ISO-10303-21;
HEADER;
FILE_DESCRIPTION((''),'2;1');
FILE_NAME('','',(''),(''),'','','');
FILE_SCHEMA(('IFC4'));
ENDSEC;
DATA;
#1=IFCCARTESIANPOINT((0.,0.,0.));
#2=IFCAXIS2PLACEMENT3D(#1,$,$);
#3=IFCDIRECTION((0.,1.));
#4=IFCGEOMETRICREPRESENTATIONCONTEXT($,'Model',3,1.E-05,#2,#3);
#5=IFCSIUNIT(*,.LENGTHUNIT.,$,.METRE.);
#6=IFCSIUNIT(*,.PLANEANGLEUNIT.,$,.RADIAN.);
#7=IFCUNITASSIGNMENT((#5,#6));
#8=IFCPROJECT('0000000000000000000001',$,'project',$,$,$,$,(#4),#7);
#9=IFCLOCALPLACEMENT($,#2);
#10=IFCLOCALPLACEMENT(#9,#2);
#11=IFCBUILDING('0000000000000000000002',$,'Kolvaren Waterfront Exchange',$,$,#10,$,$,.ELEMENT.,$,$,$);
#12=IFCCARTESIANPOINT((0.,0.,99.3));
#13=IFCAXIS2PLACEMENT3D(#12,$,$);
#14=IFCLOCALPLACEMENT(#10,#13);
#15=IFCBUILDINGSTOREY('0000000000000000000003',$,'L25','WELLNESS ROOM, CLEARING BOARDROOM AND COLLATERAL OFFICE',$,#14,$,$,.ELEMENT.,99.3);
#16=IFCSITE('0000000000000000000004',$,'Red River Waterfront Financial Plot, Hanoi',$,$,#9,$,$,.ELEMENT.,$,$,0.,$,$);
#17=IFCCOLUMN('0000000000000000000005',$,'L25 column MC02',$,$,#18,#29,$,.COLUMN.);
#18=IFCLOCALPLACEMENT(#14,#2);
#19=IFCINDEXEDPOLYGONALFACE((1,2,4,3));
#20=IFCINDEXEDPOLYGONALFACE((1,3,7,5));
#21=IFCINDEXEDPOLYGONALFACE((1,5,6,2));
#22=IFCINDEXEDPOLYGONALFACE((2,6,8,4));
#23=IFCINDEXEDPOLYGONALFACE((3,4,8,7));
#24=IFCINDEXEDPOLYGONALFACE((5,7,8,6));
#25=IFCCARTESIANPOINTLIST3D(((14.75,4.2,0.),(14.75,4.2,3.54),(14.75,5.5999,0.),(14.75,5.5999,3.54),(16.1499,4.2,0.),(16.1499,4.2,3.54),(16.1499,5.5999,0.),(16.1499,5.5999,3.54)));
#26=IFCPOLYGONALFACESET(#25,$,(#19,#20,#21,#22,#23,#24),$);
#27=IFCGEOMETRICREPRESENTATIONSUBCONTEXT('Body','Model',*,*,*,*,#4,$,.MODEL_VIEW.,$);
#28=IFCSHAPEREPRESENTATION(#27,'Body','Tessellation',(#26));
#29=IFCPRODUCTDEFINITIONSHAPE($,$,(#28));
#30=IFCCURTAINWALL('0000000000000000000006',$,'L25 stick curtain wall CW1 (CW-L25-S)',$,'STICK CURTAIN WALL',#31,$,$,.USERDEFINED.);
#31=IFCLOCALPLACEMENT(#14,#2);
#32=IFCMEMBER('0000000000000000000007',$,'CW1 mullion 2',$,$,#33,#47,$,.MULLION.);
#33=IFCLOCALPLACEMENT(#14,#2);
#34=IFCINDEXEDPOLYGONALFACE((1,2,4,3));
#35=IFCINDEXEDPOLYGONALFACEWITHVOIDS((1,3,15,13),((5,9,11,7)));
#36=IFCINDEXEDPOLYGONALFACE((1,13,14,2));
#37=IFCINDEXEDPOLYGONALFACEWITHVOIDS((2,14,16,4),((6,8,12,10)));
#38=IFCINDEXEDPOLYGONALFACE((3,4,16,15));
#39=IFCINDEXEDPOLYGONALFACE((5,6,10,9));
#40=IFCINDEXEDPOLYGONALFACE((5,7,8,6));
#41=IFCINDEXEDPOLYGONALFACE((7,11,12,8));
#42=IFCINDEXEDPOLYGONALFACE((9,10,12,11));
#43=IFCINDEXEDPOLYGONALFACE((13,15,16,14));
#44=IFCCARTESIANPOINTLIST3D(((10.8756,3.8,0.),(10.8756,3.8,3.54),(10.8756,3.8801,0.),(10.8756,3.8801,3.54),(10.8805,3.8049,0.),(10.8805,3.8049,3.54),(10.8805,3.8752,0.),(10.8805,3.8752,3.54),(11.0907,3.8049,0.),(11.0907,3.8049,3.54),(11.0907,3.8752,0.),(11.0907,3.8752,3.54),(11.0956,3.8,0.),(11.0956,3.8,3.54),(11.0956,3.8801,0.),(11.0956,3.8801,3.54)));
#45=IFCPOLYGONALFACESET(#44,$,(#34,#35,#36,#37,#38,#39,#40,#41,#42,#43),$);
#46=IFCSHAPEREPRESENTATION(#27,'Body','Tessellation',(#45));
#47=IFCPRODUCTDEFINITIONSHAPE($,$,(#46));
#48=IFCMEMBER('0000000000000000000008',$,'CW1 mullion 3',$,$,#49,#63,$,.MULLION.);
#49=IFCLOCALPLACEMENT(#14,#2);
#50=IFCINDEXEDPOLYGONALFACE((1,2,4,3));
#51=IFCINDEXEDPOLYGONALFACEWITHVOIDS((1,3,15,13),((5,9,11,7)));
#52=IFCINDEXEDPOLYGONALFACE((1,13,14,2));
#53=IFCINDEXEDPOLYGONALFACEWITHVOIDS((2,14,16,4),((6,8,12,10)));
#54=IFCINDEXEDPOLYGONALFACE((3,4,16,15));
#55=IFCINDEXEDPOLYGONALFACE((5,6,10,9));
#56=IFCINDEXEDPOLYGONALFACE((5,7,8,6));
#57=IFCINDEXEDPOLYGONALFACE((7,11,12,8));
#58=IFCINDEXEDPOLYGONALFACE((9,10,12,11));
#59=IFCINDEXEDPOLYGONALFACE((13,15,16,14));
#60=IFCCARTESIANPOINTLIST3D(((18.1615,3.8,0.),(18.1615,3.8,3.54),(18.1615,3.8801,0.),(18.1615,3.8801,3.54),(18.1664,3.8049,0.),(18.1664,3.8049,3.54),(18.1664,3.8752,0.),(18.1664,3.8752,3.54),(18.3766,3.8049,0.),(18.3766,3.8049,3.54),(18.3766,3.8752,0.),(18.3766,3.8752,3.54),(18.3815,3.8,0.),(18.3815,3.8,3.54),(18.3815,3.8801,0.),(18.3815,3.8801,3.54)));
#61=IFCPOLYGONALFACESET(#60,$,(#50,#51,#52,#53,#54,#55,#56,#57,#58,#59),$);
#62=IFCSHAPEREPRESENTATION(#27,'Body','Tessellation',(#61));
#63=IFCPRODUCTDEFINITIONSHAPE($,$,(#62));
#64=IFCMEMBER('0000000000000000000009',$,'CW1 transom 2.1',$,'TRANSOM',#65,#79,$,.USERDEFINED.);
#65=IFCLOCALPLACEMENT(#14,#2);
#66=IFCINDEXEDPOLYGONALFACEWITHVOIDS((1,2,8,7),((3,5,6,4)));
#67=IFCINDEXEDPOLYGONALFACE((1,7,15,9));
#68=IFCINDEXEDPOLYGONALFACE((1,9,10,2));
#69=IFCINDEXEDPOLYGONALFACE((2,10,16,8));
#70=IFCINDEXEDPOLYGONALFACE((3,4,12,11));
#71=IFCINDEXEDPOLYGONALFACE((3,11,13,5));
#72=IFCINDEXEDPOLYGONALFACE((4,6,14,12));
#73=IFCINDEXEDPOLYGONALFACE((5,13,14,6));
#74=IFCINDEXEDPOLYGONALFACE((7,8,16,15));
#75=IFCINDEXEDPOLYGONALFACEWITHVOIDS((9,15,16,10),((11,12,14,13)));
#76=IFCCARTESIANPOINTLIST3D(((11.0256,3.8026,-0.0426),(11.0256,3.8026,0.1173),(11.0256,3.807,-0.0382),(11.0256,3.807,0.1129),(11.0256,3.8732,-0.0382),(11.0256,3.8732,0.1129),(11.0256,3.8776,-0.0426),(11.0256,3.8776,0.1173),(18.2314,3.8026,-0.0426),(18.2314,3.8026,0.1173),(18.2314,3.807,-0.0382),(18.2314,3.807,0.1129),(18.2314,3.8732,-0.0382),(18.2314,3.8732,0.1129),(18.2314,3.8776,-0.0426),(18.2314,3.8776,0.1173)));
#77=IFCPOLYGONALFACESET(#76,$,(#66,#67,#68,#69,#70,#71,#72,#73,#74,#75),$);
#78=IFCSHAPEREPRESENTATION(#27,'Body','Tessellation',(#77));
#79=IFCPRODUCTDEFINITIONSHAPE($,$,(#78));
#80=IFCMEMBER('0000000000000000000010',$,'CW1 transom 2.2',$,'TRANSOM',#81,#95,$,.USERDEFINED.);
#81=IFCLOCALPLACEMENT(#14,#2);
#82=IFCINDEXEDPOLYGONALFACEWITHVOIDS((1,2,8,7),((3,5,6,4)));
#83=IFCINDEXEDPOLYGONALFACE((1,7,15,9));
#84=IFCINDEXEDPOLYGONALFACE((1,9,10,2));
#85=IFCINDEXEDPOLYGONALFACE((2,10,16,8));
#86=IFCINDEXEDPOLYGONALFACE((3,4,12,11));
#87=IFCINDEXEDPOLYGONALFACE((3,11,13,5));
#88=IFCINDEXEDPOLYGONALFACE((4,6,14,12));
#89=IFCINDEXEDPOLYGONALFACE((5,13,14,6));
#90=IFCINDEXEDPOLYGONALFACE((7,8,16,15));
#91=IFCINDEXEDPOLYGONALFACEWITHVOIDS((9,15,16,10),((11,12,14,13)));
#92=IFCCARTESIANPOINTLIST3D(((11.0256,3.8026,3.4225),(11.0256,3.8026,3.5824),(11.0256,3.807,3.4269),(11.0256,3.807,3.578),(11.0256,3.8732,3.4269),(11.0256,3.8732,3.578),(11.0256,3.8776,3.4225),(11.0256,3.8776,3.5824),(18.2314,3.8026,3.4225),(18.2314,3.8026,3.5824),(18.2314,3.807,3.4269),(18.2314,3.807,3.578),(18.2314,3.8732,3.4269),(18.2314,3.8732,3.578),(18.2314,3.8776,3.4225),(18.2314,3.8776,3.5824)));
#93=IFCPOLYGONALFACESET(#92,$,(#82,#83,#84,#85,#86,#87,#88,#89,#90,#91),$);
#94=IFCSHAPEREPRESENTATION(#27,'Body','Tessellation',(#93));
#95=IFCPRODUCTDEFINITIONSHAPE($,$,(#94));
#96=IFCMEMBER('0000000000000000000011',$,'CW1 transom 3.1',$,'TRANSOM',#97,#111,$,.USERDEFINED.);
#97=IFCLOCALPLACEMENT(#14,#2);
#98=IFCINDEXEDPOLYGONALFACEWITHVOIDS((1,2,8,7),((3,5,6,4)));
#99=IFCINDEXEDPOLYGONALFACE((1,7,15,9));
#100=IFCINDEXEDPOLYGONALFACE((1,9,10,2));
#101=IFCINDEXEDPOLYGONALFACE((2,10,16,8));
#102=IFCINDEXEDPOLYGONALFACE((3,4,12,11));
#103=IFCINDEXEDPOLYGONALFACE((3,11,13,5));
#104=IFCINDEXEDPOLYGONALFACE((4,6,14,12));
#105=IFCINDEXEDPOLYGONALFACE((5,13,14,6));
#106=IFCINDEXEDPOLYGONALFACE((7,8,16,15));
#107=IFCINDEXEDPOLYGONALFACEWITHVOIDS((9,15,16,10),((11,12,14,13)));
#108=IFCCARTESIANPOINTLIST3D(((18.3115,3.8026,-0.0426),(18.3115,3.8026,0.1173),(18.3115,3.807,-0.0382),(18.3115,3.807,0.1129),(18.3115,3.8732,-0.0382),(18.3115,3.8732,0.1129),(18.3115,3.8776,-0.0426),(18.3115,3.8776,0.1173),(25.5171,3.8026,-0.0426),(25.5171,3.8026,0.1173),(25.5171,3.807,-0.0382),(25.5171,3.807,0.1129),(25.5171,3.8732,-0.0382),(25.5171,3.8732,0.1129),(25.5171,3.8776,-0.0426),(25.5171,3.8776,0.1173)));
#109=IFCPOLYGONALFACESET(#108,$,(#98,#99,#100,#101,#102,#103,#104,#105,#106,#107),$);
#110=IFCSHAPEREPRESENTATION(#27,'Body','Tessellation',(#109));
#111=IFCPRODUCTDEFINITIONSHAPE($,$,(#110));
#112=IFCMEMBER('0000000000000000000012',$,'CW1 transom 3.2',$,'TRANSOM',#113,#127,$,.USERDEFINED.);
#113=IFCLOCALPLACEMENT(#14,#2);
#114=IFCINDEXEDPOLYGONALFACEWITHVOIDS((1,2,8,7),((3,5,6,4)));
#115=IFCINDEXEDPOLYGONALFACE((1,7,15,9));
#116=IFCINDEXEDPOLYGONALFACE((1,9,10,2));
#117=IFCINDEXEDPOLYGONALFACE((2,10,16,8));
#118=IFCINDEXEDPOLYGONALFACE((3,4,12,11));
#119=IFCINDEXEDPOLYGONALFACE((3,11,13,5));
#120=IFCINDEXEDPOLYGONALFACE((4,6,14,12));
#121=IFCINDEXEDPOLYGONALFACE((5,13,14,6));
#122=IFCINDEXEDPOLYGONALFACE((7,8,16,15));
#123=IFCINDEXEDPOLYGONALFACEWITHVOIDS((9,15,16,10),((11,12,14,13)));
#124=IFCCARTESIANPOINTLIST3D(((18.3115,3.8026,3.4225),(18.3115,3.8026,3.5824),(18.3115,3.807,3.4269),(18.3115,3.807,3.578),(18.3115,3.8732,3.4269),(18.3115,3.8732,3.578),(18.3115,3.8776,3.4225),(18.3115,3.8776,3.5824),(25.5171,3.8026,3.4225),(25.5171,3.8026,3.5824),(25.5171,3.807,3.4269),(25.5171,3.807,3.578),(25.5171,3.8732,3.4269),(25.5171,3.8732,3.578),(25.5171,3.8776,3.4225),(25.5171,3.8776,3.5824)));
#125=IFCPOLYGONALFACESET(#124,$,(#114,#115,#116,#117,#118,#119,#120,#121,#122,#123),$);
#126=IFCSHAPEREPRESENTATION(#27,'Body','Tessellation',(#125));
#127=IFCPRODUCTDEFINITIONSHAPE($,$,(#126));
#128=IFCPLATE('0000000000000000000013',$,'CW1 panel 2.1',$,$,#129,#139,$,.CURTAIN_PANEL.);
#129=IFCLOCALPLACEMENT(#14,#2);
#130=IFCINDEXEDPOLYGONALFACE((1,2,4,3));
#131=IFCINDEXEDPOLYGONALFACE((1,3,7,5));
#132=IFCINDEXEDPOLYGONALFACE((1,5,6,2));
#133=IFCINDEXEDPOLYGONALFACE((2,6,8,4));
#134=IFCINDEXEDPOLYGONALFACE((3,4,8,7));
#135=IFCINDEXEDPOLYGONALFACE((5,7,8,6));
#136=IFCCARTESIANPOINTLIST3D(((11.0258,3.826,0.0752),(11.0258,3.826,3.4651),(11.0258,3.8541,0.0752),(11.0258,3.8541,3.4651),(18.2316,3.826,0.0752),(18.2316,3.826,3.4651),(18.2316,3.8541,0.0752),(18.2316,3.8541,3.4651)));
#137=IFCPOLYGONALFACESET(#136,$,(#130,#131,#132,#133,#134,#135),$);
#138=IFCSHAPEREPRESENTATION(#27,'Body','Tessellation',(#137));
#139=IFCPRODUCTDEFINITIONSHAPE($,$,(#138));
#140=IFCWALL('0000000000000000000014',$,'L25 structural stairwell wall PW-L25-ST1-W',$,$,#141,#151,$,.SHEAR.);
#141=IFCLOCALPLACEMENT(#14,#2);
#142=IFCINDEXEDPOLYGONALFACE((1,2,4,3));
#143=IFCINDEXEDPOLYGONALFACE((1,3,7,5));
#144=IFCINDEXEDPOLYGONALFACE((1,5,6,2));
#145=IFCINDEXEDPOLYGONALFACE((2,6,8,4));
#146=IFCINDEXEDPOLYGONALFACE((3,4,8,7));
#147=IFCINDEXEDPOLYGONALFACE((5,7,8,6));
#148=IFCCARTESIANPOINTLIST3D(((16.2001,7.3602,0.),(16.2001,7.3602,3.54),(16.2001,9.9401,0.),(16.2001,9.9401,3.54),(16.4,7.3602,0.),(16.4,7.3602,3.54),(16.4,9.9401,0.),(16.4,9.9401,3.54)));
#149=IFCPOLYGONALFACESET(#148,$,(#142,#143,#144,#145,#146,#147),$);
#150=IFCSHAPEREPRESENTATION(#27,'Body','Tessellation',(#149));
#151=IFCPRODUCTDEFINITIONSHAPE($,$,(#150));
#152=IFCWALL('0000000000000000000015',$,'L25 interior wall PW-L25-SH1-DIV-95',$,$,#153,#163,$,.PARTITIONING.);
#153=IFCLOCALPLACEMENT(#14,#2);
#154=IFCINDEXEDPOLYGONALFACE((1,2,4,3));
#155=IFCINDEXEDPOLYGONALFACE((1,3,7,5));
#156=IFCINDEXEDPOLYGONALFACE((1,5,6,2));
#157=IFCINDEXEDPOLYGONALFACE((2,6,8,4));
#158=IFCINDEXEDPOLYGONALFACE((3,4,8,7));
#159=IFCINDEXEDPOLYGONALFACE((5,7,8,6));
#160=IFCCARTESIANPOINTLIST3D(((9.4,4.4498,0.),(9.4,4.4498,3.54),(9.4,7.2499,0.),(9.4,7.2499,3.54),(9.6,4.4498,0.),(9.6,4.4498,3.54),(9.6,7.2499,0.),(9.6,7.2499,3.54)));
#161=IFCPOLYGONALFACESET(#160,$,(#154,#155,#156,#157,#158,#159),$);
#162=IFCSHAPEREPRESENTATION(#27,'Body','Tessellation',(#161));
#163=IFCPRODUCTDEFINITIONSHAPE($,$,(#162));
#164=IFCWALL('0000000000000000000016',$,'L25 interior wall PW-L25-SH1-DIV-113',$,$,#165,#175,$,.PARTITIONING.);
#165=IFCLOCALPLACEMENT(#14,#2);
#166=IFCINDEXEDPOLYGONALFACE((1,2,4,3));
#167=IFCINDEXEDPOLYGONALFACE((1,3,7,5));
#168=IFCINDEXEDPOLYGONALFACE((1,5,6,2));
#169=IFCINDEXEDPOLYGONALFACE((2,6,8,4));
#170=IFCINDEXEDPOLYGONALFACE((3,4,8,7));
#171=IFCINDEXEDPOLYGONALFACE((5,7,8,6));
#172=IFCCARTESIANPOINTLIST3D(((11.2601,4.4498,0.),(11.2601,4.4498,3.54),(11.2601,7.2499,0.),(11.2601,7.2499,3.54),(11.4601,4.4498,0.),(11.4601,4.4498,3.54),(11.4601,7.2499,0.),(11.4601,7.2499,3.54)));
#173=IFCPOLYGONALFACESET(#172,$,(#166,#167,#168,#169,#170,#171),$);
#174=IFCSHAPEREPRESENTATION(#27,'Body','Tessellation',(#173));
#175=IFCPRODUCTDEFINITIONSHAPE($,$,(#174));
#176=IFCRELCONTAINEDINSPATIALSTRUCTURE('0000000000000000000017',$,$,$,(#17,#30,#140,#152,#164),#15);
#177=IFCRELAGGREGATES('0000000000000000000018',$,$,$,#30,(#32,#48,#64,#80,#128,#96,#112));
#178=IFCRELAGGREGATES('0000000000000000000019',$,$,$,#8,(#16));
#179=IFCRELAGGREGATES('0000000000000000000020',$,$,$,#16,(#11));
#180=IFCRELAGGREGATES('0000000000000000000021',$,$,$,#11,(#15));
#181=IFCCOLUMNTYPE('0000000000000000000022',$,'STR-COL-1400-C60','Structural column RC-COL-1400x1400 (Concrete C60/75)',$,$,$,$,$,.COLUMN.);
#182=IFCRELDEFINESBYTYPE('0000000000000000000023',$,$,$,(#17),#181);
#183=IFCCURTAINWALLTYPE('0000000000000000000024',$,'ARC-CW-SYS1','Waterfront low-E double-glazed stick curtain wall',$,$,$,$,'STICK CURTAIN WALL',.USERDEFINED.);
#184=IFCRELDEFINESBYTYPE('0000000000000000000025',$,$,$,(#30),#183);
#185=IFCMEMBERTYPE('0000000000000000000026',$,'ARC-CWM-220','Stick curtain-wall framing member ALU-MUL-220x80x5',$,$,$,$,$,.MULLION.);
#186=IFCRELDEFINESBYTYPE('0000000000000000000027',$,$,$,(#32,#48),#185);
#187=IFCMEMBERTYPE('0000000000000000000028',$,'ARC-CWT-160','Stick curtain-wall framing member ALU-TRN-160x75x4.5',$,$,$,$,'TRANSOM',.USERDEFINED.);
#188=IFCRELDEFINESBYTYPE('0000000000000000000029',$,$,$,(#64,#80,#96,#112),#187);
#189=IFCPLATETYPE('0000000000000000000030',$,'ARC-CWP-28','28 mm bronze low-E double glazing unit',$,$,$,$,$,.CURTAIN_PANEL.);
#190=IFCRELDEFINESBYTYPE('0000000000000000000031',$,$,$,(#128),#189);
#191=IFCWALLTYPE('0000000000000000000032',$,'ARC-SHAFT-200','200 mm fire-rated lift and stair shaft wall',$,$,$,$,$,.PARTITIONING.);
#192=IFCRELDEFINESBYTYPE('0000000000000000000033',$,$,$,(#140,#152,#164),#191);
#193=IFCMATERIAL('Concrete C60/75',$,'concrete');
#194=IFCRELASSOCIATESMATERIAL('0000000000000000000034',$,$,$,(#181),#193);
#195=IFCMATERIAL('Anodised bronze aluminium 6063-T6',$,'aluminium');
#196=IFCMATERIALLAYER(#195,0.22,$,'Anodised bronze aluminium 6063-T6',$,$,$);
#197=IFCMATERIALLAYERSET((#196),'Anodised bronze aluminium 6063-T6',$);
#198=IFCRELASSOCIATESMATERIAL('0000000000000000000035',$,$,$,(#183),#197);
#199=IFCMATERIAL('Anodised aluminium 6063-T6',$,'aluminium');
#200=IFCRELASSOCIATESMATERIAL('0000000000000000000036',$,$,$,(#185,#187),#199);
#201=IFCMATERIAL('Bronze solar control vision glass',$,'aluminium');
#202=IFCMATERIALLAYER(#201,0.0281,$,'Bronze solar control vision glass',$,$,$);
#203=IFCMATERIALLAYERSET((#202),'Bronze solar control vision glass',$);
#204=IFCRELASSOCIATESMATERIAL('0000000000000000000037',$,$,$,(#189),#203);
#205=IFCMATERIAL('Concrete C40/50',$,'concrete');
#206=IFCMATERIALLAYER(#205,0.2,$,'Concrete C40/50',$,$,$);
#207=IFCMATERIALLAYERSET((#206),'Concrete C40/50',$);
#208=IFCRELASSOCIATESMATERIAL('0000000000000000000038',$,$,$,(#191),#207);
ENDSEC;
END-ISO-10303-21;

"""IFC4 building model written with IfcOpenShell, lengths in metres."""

from ifc_helpers import new_model, si_unit, direction, frame, frame_2d, origin, origin_with_axes, origin_2d, place, context, subcontext, project, spatial, rectangle, hollow_rectangle, extrude, source, transform, mapped, material, layer, layer_set, material_profile, profile_set, type_object, element, aggregate, save


model = new_model("IFC4")

# Units and contexts
model_context = context("Model", 3, precision=1e-05, world=origin(), true_north=direction((0.0, 1.0)))
body_context = subcontext(model_context, "Body", "Model", "MODEL_VIEW")
ifc_project = project(units=[si_unit("LENGTHUNIT", "METRE"), si_unit("PLANEANGLEUNIT", "RADIAN")], contexts=[model_context])

# Site, building, storey
site_placement = place(None, origin())
site = spatial("IfcSite", under=ifc_project, at=site_placement, Name="Red River Waterfront Financial Plot, Hanoi", CompositionType="ELEMENT", RefElevation=0.0)
building_placement = place(site_placement, origin())
building = spatial("IfcBuilding", under=site, at=building_placement, Name="Kolvaren Waterfront Exchange", CompositionType="ELEMENT")
storey_placement = place(building_placement, frame((0.0, 0.0, 99.3)))
storey = spatial("IfcBuildingStorey", under=building, at=storey_placement, Name="L25", Description="WELLNESS ROOM, CLEARING BOARDROOM AND COLLATERAL OFFICE", CompositionType="ELEMENT", Elevation=99.3)

# Column
ifc_material_1 = material(Name="Concrete C60/75", Category="concrete")
ifc_material_profile_1 = material_profile(ifc_material_1, rectangle(XDim=1.3999, YDim=1.3999, at=origin_2d()), Name="RC-COL-1400x1400")
ifc_profile_set_1 = profile_set([ifc_material_profile_1], Name="Concrete C60/75")
column_type = type_object("IfcColumnType", Name="STR-COL-1400-C60", Description="Structural column RC-COL-1400x1400 (Concrete C60/75)", PredefinedType="COLUMN", material=ifc_profile_set_1)
column_placement = place(storey_placement, frame((15.45, 4.8999, 0.0), z_axis=(0.0, 0.0, 1.0), x_axis=(1.0, 0.0, 0.0)))
element("IfcColumn", 1, at=column_placement, inside=storey, type_object=column_type, Name="L25 column MC02", PredefinedType="COLUMN", context=body_context, shape_type="SweptSolid", body=[
    extrude(rectangle(XDim=1.3999, YDim=1.3999, at=origin_2d()), origin(), (0.0, 0.0, 1.0), 3.54),
])

# Curtain wall, members, plate
ifc_material_2 = material(Name="Anodised bronze aluminium 6063-T6", Category="aluminium")
ifc_layer_1 = layer(ifc_material_2, 0.22, Name="Anodised bronze aluminium 6063-T6")
ifc_layer_set_1 = layer_set([ifc_layer_1], Name="Anodised bronze aluminium 6063-T6")
curtain_wall_type = type_object("IfcCurtainWallType", Name="ARC-CW-SYS1", Description="Waterfront low-E double-glazed stick curtain wall", ElementType="STICK CURTAIN WALL", PredefinedType="USERDEFINED", material=ifc_layer_set_1)
curtain_wall_placement = place(storey_placement, origin())
curtain_wall = element("IfcCurtainWall", 2, at=curtain_wall_placement, inside=storey, type_object=curtain_wall_type, Name="L25 stick curtain wall CW1 (CW-L25-S)", ObjectType="STICK CURTAIN WALL", PredefinedType="USERDEFINED")
ifc_material_3 = material(Name="Anodised aluminium 6063-T6", Category="aluminium")
ifc_material_profile_2 = material_profile(ifc_material_3, hollow_rectangle(XDim=0.0801, YDim=0.22, WallThickness=0.0049, at=origin_2d()), Name="ALU-MUL-220x80x5")
ifc_profile_set_2 = profile_set([ifc_material_profile_2], Name="Anodised aluminium 6063-T6")
member_type_1 = type_object("IfcMemberType", Name="ARC-CWM-220", Description="Stick curtain-wall framing member ALU-MUL-220x80x5", PredefinedType="MULLION", material=ifc_profile_set_2)
shared_shape_1 = source(origin_with_axes(), body_context, "Body", "SweptSolid", [
    extrude(hollow_rectangle(XDim=0.0801, YDim=0.22, WallThickness=0.0049, at=origin_2d()), origin(), (0.0, 0.0, 1.0), 3.54),
])
member_1_placement = place(storey_placement, frame((10.9856, 3.8401, 0.0), z_axis=(0.0, 0.0, 1.0), x_axis=(0.0, 1.0, 0.0)))
member_1 = element("IfcMember", 3, at=member_1_placement, type_object=member_type_1, Name="CW1 mullion 2", PredefinedType="MULLION", context=body_context, shape_type="MappedRepresentation", body=[
    mapped(shared_shape_1, transform((0.0, 0.0, 0.0), x_axis=(1.0, 0.0, 0.0), y_axis=(0.0, 1.0, 0.0), z_axis=(0.0, 0.0, 1.0), scale=1.0)),
])
member_2_placement = place(storey_placement, frame((18.2715, 3.8401, 0.0), z_axis=(0.0, 0.0, 1.0), x_axis=(0.0, 1.0, 0.0)))
member_2 = element("IfcMember", 4, at=member_2_placement, type_object=member_type_1, Name="CW1 mullion 3", PredefinedType="MULLION", context=body_context, shape_type="MappedRepresentation", body=[
    mapped(shared_shape_1, transform((0.0, 0.0, 0.0), x_axis=(1.0, 0.0, 0.0), y_axis=(0.0, 1.0, 0.0), z_axis=(0.0, 0.0, 1.0), scale=1.0)),
])
ifc_material_profile_3 = material_profile(ifc_material_3, hollow_rectangle(XDim=0.075, YDim=0.1599, WallThickness=0.0044, at=origin_2d()), Name="ALU-TRN-160x75x4.5")
ifc_profile_set_3 = profile_set([ifc_material_profile_3], Name="Anodised aluminium 6063-T6")
member_type_2 = type_object("IfcMemberType", Name="ARC-CWT-160", Description="Stick curtain-wall framing member ALU-TRN-160x75x4.5", ElementType="TRANSOM", PredefinedType="USERDEFINED", material=ifc_profile_set_3)
shared_shape_2 = source(origin_with_axes(), body_context, "Body", "SweptSolid", [
    extrude(hollow_rectangle(XDim=0.075, YDim=0.1599, WallThickness=0.0044, at=origin_2d()), origin(), (0.0, 0.0, 1.0), 7.2058),
])
member_3_placement = place(storey_placement, frame((11.0256, 3.8401, 0.0374), z_axis=(1.0, 0.0, 0.0), x_axis=(0.0, 1.0, 0.0)))
member_3 = element("IfcMember", 5, at=member_3_placement, type_object=member_type_2, Name="CW1 transom 2.1", ObjectType="TRANSOM", PredefinedType="USERDEFINED", context=body_context, shape_type="MappedRepresentation", body=[
    mapped(shared_shape_2, transform((0.0, 0.0, 0.0), x_axis=(1.0, 0.0, 0.0), y_axis=(0.0, 1.0, 0.0), z_axis=(0.0, 0.0, 1.0), scale=1.0)),
])
member_4_placement = place(storey_placement, frame((11.0256, 3.8401, 3.5024), z_axis=(1.0, 0.0, 0.0), x_axis=(0.0, 1.0, 0.0)))
member_4 = element("IfcMember", 6, at=member_4_placement, type_object=member_type_2, Name="CW1 transom 2.2", ObjectType="TRANSOM", PredefinedType="USERDEFINED", context=body_context, shape_type="MappedRepresentation", body=[
    mapped(shared_shape_2, transform((0.0, 0.0, 0.0), x_axis=(1.0, 0.0, 0.0), y_axis=(0.0, 1.0, 0.0), z_axis=(0.0, 0.0, 1.0), scale=1.0)),
])
shared_shape_3 = source(origin_with_axes(), body_context, "Body", "SweptSolid", [
    extrude(hollow_rectangle(XDim=0.075, YDim=0.1599, WallThickness=0.0044, at=origin_2d()), origin(), (0.0, 0.0, 1.0), 7.2056),
])
member_5_placement = place(storey_placement, frame((18.3115, 3.8401, 0.0374), z_axis=(1.0, 0.0, 0.0), x_axis=(0.0, 1.0, 0.0)))
member_5 = element("IfcMember", 7, at=member_5_placement, type_object=member_type_2, Name="CW1 transom 3.1", ObjectType="TRANSOM", PredefinedType="USERDEFINED", context=body_context, shape_type="MappedRepresentation", body=[
    mapped(shared_shape_3, transform((0.0, 0.0, 0.0), x_axis=(1.0, 0.0, 0.0), y_axis=(0.0, 1.0, 0.0), z_axis=(0.0, 0.0, 1.0), scale=1.0)),
])
member_6_placement = place(storey_placement, frame((18.3115, 3.8401, 3.5024), z_axis=(1.0, 0.0, 0.0), x_axis=(0.0, 1.0, 0.0)))
member_6 = element("IfcMember", 8, at=member_6_placement, type_object=member_type_2, Name="CW1 transom 3.2", ObjectType="TRANSOM", PredefinedType="USERDEFINED", context=body_context, shape_type="MappedRepresentation", body=[
    mapped(shared_shape_3, transform((0.0, 0.0, 0.0), x_axis=(1.0, 0.0, 0.0), y_axis=(0.0, 1.0, 0.0), z_axis=(0.0, 0.0, 1.0), scale=1.0)),
])
ifc_material_4 = material(Name="Bronze solar control vision glass", Category="aluminium")
ifc_layer_2 = layer(ifc_material_4, 0.0281, Name="Bronze solar control vision glass")
ifc_layer_set_2 = layer_set([ifc_layer_2], Name="Bronze solar control vision glass")
plate_type = type_object("IfcPlateType", Name="ARC-CWP-28", Description="28 mm bronze low-E double glazing unit", PredefinedType="CURTAIN_PANEL", material=ifc_layer_set_2)
shared_shape_4 = source(origin_with_axes(), body_context, "Body", "SweptSolid", [
    extrude(rectangle(XDim=7.2058, YDim=0.0281, at=origin_2d()), origin(), (0.0, 0.0, 1.0), 3.3899),
])
plate_placement = place(storey_placement, frame((14.6287, 3.8401, 0.0752), z_axis=(0.0, 0.0, 1.0), x_axis=(1.0, 0.0, 0.0)))
plate = element("IfcPlate", 9, at=plate_placement, type_object=plate_type, Name="CW1 panel 2.1", PredefinedType="CURTAIN_PANEL", context=body_context, shape_type="MappedRepresentation", body=[
    mapped(shared_shape_4, transform((0.0, 0.0, 0.0), x_axis=(1.0, 0.0, 0.0), y_axis=(0.0, 1.0, 0.0), z_axis=(0.0, 0.0, 1.0), scale=1.0)),
])
aggregate(curtain_wall, [member_1, member_2, member_3, member_4, plate, member_5, member_6])

# Walls
ifc_material_5 = material(Name="Concrete C40/50", Category="concrete")
ifc_layer_3 = layer(ifc_material_5, 0.2, Name="Concrete C40/50")
ifc_layer_set_3 = layer_set([ifc_layer_3], Name="Concrete C40/50")
wall_type_1 = type_object("IfcWallType", Name="ARC-SHAFT-200", Description="200 mm fire-rated lift and stair shaft wall", PredefinedType="PARTITIONING", material=ifc_layer_set_3)
wall_1_placement = place(storey_placement, frame((16.3, 7.3601, 0.0), z_axis=(0.0, 0.0, 1.0), x_axis=(0.0, 1.0, 0.0)))
element("IfcWall", 10, at=wall_1_placement, inside=storey, type_object=wall_type_1, Name="L25 structural stairwell wall PW-L25-ST1-W", PredefinedType="SHEAR", context=body_context, shape_type="SweptSolid", body=[
    extrude(rectangle(XDim=2.5798, YDim=0.2, at=frame_2d((1.29, 0.0))), origin(), (0.0, 0.0, 1.0), 3.54),
])
for number, where, z_axis, x_axis, name in (
    (11, (9.5, 4.45, 0.0), (0.0, 0.0, 1.0), (0.0, 1.0, 0.0), "L25 interior wall PW-L25-SH1-DIV-95"),
    (12, (11.3601, 4.45, 0.0), (0.0, 0.0, 1.0), (0.0, 1.0, 0.0), "L25 interior wall PW-L25-SH1-DIV-113"),
):
    element("IfcWall", number, at=place(storey_placement, frame(where, z_axis=z_axis, x_axis=x_axis)), inside=storey, type_object=wall_type_1, Name=name, PredefinedType="PARTITIONING", context=body_context, shape_type="SweptSolid", body=[
        extrude(rectangle(XDim=2.8, YDim=0.2, at=frame_2d((1.3999, 0.0))), origin(), (0.0, 0.0, 1.0), 3.54),
    ])

save(model, "model.ifc")
